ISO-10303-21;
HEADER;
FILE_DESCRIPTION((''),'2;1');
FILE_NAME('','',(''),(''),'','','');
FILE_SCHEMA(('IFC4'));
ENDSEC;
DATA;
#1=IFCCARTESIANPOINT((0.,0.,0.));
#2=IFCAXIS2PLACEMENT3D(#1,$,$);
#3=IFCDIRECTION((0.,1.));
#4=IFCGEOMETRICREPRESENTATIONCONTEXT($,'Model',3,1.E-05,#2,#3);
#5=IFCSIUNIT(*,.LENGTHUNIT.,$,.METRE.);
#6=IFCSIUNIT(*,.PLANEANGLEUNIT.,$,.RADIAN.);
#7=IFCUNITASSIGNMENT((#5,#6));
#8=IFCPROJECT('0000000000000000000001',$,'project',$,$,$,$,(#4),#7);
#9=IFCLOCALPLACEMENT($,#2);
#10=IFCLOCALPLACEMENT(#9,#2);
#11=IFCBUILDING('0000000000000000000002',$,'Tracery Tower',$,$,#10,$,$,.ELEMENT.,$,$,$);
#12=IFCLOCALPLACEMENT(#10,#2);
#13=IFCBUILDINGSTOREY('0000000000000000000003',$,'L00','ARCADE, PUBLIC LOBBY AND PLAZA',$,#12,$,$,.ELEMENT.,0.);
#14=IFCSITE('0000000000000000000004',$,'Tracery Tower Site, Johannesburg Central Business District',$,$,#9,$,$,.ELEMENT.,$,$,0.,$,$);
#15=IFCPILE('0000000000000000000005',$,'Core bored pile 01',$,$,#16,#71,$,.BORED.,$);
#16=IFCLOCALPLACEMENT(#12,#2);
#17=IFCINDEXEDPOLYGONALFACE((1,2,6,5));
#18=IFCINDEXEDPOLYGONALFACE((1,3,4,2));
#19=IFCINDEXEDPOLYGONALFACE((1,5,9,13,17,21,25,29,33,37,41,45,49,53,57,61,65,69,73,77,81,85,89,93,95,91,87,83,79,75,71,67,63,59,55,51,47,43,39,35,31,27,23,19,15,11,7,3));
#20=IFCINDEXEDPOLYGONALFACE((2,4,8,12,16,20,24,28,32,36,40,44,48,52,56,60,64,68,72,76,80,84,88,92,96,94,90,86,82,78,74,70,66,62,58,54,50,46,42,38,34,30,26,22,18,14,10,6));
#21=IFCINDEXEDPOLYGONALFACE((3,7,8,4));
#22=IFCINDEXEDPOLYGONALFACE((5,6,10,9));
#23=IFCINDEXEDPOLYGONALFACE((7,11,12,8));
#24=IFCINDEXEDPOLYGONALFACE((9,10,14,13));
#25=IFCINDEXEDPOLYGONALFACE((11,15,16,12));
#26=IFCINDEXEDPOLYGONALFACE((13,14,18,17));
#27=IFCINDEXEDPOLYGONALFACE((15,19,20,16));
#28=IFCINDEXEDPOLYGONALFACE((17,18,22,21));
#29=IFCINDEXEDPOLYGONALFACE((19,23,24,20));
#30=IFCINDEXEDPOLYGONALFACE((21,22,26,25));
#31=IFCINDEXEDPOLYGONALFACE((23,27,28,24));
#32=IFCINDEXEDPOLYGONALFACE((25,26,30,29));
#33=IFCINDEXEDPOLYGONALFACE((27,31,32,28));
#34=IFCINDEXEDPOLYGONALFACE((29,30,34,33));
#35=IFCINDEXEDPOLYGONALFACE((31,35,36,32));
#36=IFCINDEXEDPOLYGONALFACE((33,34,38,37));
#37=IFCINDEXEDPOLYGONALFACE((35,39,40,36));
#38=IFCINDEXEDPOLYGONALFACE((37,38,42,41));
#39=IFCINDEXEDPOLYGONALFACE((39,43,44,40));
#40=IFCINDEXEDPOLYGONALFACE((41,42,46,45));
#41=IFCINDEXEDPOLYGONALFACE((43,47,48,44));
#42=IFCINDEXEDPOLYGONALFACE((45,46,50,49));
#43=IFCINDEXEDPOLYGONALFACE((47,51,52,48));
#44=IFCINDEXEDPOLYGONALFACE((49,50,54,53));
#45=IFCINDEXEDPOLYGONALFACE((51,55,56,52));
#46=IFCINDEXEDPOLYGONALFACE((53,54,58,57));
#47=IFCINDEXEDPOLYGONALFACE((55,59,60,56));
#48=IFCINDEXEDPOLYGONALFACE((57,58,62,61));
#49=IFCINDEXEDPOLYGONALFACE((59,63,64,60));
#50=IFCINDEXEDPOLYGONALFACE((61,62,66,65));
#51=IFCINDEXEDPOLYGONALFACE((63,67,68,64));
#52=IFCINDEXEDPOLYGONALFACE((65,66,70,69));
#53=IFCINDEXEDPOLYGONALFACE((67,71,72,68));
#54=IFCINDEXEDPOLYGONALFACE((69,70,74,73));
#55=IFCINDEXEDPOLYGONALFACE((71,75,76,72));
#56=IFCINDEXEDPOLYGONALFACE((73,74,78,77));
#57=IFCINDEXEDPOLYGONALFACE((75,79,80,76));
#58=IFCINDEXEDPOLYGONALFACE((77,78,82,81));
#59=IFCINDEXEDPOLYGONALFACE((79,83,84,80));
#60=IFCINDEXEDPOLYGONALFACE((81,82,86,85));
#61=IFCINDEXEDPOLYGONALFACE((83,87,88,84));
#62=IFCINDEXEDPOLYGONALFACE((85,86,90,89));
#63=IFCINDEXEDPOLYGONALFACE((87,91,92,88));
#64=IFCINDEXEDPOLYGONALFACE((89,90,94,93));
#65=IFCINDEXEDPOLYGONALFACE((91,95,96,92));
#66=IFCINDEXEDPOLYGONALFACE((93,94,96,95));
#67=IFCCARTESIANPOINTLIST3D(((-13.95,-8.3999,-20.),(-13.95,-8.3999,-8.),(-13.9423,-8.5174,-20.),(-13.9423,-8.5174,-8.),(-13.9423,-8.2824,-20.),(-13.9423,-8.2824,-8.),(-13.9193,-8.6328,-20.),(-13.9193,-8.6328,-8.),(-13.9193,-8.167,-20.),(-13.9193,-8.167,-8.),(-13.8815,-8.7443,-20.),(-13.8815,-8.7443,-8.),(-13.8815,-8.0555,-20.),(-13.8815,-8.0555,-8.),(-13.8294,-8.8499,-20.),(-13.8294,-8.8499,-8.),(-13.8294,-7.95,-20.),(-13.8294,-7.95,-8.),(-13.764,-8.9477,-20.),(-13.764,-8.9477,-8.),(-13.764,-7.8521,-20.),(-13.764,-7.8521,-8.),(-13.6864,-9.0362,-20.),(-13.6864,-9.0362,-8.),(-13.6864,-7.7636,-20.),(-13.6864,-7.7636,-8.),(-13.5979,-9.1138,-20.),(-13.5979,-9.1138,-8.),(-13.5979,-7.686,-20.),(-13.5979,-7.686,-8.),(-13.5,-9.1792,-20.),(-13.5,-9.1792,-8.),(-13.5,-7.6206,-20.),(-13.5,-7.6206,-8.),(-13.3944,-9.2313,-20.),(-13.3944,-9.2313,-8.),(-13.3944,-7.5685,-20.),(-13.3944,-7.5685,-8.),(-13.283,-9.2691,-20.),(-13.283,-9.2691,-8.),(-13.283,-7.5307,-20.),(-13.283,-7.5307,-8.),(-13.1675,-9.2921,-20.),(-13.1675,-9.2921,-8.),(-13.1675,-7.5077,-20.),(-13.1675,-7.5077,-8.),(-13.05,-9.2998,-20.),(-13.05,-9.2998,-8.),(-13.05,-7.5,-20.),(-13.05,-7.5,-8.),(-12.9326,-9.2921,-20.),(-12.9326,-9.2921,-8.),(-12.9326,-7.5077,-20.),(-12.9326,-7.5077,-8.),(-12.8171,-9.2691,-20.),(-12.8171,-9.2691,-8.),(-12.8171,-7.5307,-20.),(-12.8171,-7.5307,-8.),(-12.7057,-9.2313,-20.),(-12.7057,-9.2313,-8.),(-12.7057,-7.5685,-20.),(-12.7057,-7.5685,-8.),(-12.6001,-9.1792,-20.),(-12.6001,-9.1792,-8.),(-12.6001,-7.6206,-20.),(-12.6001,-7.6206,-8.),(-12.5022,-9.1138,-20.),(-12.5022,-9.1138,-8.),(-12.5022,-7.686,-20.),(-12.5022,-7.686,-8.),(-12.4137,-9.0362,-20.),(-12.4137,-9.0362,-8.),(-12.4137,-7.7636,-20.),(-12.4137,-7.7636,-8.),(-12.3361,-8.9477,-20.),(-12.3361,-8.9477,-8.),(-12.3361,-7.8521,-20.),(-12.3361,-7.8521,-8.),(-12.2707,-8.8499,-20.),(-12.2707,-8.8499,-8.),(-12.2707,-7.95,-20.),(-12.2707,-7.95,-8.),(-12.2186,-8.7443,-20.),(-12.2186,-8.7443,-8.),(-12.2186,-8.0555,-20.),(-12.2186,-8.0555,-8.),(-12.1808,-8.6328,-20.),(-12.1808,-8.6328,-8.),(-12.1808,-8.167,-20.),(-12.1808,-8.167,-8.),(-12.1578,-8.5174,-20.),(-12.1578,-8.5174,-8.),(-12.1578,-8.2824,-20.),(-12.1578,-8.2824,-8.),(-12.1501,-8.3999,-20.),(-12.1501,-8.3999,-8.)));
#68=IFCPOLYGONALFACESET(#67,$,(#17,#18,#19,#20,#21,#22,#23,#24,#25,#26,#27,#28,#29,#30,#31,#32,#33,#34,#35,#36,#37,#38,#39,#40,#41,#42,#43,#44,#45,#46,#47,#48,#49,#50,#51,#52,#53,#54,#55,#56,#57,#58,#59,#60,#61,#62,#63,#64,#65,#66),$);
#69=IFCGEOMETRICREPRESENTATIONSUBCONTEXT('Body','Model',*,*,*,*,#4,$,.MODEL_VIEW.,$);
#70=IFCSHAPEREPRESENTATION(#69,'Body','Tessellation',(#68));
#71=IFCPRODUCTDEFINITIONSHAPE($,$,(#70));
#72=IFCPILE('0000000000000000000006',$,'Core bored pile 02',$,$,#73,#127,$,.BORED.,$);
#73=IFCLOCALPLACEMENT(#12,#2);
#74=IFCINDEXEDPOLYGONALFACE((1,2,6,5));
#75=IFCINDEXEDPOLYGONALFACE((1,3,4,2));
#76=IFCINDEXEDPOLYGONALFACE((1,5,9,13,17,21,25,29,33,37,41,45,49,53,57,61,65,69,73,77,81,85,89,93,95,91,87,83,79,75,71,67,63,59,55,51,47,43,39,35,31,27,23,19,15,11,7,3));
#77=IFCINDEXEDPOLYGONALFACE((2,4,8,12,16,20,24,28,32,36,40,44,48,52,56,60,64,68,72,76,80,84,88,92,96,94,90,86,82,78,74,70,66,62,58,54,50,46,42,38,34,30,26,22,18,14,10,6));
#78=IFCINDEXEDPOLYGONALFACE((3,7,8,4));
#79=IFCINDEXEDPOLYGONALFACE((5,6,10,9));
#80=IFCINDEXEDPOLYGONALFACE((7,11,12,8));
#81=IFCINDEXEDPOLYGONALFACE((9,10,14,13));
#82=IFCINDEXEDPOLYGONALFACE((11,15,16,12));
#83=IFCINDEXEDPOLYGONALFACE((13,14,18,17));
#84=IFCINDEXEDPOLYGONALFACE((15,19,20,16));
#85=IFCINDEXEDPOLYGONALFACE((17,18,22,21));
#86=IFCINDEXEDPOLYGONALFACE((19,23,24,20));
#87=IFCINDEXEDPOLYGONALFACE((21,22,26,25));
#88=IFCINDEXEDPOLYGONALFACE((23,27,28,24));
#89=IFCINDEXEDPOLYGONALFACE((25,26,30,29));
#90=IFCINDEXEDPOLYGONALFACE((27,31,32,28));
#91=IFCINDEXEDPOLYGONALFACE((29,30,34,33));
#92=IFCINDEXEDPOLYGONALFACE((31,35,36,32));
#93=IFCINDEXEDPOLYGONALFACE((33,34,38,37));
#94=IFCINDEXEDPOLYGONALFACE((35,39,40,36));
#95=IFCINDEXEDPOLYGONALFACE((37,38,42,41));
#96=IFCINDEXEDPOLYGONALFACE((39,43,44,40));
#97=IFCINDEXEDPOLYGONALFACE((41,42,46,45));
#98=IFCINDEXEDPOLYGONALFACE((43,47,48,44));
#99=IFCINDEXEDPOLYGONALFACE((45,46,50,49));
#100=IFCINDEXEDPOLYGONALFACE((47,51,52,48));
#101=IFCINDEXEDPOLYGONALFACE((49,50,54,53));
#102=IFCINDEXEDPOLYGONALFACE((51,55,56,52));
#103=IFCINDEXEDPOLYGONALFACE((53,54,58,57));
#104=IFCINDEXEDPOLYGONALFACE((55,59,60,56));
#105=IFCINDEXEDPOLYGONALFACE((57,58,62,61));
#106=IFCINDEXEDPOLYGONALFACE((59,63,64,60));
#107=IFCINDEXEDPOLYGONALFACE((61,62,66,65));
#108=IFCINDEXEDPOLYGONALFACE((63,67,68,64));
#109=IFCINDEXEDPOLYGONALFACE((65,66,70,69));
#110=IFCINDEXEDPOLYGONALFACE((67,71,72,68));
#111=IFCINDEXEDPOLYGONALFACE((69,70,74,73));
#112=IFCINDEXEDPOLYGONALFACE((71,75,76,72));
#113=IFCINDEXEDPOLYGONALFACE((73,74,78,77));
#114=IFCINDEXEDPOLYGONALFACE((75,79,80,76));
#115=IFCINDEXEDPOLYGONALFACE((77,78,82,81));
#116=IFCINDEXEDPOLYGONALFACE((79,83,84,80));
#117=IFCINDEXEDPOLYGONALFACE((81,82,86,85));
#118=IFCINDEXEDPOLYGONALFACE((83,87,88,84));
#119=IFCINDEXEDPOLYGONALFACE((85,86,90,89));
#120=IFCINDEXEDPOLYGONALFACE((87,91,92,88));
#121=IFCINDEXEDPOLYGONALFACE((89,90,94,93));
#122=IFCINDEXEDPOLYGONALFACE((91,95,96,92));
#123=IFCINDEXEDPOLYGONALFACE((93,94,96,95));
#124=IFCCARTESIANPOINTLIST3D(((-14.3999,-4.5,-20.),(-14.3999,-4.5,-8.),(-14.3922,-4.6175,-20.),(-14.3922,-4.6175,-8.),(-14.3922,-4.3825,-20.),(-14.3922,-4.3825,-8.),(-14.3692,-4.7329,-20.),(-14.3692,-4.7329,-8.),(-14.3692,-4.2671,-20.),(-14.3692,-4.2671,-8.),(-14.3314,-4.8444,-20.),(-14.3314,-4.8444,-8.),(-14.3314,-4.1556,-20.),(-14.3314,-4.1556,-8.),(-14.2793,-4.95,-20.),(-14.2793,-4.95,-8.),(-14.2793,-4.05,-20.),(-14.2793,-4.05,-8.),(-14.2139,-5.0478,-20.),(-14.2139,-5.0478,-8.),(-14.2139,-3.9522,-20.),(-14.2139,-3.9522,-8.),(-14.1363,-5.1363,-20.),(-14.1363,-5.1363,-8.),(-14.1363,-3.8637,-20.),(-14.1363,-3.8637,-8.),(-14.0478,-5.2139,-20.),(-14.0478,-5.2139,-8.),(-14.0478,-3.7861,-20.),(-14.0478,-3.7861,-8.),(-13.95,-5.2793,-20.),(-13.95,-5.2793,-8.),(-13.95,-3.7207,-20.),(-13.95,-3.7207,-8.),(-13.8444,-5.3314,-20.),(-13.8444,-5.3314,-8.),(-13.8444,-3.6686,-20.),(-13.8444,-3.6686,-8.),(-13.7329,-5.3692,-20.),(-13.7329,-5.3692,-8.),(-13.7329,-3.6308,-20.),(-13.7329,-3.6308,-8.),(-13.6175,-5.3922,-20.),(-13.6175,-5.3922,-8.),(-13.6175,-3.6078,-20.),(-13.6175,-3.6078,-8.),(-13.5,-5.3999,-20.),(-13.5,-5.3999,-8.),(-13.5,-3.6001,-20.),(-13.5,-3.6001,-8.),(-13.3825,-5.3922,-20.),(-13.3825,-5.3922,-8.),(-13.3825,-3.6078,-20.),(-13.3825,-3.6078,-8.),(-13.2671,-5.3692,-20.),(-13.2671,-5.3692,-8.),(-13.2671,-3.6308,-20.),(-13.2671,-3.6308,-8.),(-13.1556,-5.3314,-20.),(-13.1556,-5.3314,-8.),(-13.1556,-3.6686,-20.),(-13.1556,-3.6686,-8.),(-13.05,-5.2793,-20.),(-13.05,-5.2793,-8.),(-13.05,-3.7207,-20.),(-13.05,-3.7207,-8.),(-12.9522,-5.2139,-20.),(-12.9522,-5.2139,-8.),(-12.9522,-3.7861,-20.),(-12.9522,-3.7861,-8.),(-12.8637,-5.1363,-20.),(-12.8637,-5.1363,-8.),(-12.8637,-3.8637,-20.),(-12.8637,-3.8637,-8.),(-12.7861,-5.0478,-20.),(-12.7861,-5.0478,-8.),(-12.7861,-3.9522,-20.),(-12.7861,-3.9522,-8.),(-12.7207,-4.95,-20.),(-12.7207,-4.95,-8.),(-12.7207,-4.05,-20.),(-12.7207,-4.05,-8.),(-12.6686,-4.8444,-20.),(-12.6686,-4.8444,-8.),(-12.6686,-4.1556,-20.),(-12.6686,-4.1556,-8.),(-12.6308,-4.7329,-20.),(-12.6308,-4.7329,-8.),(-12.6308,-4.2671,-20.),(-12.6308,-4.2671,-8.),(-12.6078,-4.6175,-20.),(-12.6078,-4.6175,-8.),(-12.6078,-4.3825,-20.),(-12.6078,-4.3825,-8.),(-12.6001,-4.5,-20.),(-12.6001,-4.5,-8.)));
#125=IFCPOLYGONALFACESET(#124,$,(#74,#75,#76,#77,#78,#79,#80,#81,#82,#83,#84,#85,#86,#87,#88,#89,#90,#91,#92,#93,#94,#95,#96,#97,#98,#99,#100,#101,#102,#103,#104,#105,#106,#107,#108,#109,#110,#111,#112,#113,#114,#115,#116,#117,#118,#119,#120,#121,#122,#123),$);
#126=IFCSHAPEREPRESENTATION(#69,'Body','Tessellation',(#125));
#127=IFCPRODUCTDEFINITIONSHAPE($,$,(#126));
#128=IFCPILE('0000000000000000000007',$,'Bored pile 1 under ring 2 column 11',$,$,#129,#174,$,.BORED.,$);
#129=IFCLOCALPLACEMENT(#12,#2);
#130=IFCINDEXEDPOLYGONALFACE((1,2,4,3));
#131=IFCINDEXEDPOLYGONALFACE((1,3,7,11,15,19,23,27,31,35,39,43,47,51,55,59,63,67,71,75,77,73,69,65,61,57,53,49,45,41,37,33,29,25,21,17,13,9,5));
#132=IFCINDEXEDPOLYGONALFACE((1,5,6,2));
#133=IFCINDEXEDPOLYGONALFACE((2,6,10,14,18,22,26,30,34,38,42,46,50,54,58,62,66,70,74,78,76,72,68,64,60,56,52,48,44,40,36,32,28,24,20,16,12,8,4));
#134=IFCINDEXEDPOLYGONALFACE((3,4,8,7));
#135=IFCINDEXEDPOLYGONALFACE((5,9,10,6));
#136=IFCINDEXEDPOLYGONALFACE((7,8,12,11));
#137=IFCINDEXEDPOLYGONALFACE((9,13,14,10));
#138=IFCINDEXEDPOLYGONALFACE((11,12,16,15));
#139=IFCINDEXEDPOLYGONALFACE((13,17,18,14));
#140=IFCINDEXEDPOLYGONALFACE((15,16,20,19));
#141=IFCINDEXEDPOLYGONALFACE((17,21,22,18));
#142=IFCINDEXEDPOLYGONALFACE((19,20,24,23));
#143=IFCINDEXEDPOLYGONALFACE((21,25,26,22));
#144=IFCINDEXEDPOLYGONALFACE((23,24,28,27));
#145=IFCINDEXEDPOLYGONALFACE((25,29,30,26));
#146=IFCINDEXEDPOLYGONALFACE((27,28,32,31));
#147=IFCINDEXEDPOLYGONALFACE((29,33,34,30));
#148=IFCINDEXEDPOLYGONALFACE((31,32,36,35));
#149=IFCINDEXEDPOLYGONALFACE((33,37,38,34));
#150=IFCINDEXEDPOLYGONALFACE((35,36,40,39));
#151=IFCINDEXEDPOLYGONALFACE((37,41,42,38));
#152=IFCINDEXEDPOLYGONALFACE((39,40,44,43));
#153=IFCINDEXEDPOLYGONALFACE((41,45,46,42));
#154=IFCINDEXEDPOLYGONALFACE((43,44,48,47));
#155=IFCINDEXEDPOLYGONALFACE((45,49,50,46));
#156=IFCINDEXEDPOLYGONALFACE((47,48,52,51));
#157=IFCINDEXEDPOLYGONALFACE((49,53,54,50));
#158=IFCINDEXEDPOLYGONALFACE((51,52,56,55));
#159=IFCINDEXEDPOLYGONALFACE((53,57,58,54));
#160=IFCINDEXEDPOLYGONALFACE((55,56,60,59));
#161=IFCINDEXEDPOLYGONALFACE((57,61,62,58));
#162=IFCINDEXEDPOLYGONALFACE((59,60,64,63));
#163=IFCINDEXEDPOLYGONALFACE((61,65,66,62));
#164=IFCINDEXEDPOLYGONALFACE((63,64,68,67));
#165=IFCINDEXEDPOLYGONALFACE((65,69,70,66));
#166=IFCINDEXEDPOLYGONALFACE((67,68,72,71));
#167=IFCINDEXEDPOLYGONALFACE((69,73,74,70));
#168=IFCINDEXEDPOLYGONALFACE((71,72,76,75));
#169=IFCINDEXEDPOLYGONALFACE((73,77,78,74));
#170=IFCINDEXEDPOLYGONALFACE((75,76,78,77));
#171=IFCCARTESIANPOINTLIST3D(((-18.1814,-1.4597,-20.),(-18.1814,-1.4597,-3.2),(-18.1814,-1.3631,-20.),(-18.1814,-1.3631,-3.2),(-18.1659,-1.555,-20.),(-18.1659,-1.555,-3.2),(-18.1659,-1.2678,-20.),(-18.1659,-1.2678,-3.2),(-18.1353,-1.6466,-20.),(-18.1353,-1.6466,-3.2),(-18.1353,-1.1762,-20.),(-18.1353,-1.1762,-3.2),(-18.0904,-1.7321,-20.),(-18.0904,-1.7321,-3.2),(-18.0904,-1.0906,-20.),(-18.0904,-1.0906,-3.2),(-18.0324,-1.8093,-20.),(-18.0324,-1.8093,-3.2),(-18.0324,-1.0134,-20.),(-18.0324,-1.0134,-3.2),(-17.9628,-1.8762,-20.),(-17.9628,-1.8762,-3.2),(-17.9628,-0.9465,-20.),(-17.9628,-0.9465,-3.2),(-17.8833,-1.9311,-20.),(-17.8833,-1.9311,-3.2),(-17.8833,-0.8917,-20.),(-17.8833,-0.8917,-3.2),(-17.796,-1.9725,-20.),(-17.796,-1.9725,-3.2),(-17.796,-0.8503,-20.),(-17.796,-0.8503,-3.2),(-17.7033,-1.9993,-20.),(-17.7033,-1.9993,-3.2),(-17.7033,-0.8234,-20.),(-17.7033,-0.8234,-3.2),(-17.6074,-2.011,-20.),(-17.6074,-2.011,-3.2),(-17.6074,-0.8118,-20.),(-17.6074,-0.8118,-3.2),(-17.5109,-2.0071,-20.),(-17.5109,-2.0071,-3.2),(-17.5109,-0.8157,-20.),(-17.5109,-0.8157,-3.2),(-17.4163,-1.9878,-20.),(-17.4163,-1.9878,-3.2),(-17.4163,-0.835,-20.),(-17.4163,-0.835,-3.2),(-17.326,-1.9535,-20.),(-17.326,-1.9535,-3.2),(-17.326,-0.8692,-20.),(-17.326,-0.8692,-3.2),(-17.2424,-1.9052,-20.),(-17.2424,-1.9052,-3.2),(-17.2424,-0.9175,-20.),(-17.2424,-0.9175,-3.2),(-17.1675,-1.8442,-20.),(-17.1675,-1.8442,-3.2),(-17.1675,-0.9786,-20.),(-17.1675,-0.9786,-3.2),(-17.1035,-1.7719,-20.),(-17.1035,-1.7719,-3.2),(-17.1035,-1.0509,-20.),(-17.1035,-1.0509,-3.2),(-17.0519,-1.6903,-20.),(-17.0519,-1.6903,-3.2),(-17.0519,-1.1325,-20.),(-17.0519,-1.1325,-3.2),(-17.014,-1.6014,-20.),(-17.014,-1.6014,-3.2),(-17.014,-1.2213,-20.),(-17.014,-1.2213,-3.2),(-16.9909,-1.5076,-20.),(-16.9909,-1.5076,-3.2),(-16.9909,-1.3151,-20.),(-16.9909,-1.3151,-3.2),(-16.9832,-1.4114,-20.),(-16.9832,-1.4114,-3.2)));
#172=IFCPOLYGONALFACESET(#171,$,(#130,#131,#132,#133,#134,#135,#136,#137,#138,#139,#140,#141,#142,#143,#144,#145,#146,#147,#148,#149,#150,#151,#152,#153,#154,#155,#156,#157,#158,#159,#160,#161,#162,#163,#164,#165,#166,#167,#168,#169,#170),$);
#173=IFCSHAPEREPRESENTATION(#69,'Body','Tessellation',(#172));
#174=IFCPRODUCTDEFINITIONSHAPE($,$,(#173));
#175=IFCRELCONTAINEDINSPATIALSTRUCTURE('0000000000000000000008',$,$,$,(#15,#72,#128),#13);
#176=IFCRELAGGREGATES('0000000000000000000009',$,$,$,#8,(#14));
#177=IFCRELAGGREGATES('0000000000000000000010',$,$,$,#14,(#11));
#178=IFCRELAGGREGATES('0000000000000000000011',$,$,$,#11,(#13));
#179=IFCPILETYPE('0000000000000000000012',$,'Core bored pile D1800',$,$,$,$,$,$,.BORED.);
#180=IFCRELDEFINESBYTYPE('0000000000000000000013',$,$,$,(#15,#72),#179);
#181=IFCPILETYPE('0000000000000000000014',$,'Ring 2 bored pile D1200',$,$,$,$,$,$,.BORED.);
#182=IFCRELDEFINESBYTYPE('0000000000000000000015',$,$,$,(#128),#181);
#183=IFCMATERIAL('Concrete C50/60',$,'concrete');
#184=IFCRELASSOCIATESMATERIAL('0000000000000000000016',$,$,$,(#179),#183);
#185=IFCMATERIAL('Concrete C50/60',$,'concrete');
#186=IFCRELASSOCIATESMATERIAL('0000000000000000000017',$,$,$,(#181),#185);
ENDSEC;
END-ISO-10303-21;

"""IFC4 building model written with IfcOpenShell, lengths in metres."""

from ifc_helpers import new_model, si_unit, direction, frame, origin, origin_2d, place, context, subcontext, project, spatial, circle, extrude, material, material_profile, profile_set, type_object, element, save


model = new_model("IFC4")

# Units and contexts
model_context = context("Model", 3, precision=1e-05, world=origin(), true_north=direction((0.0, 1.0)))
body_context = subcontext(model_context, "Body", "Model", "MODEL_VIEW")
ifc_project = project(units=[si_unit("LENGTHUNIT", "METRE"), si_unit("PLANEANGLEUNIT", "RADIAN")], contexts=[model_context])

# Site, building, storey
site_placement = place(None, origin())
site = spatial("IfcSite", under=ifc_project, at=site_placement, Name="Tracery Tower Site, Johannesburg Central Business District", CompositionType="ELEMENT", RefElevation=0.0)
building_placement = place(site_placement, origin())
building = spatial("IfcBuilding", under=site, at=building_placement, Name="Tracery Tower", CompositionType="ELEMENT")
storey_placement = place(building_placement, origin())
storey = spatial("IfcBuildingStorey", under=building, at=storey_placement, Name="L00", Description="ARCADE, PUBLIC LOBBY AND PLAZA", CompositionType="ELEMENT", Elevation=0.0)

# Piles
ifc_material_1 = material(Name="Concrete C50/60", Category="concrete")
ifc_material_profile_1 = material_profile(ifc_material_1, circle(Radius=0.8999, at=origin_2d()), Name="RC D1800")
ifc_profile_set_1 = profile_set([ifc_material_profile_1], Name="Concrete C50/60")
pile_type_1 = type_object("IfcPileType", Name="Core bored pile D1800", PredefinedType="BORED", material=ifc_profile_set_1)
for number, where, z_axis, x_axis, name in (
    (1, (-13.05, -8.3999, -8.0), (0.0, 0.0, -1.0), (1.0, 0.0, 0.0), "Core bored pile 01"),
    (2, (-13.5, -4.5, -8.0), (0.0, 0.0, -1.0), (1.0, 0.0, 0.0), "Core bored pile 02"),
):
    element("IfcPile", number, at=place(storey_placement, frame(where, z_axis=z_axis, x_axis=x_axis)), inside=storey, type_object=pile_type_1, Name=name, PredefinedType="BORED", context=body_context, shape_type="SweptSolid", body=[
        extrude(circle(Radius=0.8999, at=origin_2d()), origin(), (0.0, 0.0, 1.0), 12.0),
    ])
ifc_material_2 = material(Name="Concrete C50/60", Category="concrete")
ifc_material_profile_2 = material_profile(ifc_material_2, circle(Radius=0.6001, at=origin_2d()), Name="RC D1200")
ifc_profile_set_2 = profile_set([ifc_material_profile_2], Name="Concrete C50/60")
pile_type_2 = type_object("IfcPileType", Name="Ring 2 bored pile D1200", PredefinedType="BORED", material=ifc_profile_set_2)
for number, where, z_axis, x_axis, name in (
    (3, (-17.5833, -1.4114, -3.2), (0.0, 0.0, -1.0), (1.0, 0.0, 0.0), "Bored pile 1 under ring 2 column 11"),
):
    element("IfcPile", number, at=place(storey_placement, frame(where, z_axis=z_axis, x_axis=x_axis)), inside=storey, type_object=pile_type_2, Name=name, PredefinedType="BORED", context=body_context, shape_type="SweptSolid", body=[
        extrude(circle(Radius=0.6001, at=origin_2d()), origin(), (0.0, 0.0, 1.0), 16.8),
    ])

save(model, "model.ifc")
